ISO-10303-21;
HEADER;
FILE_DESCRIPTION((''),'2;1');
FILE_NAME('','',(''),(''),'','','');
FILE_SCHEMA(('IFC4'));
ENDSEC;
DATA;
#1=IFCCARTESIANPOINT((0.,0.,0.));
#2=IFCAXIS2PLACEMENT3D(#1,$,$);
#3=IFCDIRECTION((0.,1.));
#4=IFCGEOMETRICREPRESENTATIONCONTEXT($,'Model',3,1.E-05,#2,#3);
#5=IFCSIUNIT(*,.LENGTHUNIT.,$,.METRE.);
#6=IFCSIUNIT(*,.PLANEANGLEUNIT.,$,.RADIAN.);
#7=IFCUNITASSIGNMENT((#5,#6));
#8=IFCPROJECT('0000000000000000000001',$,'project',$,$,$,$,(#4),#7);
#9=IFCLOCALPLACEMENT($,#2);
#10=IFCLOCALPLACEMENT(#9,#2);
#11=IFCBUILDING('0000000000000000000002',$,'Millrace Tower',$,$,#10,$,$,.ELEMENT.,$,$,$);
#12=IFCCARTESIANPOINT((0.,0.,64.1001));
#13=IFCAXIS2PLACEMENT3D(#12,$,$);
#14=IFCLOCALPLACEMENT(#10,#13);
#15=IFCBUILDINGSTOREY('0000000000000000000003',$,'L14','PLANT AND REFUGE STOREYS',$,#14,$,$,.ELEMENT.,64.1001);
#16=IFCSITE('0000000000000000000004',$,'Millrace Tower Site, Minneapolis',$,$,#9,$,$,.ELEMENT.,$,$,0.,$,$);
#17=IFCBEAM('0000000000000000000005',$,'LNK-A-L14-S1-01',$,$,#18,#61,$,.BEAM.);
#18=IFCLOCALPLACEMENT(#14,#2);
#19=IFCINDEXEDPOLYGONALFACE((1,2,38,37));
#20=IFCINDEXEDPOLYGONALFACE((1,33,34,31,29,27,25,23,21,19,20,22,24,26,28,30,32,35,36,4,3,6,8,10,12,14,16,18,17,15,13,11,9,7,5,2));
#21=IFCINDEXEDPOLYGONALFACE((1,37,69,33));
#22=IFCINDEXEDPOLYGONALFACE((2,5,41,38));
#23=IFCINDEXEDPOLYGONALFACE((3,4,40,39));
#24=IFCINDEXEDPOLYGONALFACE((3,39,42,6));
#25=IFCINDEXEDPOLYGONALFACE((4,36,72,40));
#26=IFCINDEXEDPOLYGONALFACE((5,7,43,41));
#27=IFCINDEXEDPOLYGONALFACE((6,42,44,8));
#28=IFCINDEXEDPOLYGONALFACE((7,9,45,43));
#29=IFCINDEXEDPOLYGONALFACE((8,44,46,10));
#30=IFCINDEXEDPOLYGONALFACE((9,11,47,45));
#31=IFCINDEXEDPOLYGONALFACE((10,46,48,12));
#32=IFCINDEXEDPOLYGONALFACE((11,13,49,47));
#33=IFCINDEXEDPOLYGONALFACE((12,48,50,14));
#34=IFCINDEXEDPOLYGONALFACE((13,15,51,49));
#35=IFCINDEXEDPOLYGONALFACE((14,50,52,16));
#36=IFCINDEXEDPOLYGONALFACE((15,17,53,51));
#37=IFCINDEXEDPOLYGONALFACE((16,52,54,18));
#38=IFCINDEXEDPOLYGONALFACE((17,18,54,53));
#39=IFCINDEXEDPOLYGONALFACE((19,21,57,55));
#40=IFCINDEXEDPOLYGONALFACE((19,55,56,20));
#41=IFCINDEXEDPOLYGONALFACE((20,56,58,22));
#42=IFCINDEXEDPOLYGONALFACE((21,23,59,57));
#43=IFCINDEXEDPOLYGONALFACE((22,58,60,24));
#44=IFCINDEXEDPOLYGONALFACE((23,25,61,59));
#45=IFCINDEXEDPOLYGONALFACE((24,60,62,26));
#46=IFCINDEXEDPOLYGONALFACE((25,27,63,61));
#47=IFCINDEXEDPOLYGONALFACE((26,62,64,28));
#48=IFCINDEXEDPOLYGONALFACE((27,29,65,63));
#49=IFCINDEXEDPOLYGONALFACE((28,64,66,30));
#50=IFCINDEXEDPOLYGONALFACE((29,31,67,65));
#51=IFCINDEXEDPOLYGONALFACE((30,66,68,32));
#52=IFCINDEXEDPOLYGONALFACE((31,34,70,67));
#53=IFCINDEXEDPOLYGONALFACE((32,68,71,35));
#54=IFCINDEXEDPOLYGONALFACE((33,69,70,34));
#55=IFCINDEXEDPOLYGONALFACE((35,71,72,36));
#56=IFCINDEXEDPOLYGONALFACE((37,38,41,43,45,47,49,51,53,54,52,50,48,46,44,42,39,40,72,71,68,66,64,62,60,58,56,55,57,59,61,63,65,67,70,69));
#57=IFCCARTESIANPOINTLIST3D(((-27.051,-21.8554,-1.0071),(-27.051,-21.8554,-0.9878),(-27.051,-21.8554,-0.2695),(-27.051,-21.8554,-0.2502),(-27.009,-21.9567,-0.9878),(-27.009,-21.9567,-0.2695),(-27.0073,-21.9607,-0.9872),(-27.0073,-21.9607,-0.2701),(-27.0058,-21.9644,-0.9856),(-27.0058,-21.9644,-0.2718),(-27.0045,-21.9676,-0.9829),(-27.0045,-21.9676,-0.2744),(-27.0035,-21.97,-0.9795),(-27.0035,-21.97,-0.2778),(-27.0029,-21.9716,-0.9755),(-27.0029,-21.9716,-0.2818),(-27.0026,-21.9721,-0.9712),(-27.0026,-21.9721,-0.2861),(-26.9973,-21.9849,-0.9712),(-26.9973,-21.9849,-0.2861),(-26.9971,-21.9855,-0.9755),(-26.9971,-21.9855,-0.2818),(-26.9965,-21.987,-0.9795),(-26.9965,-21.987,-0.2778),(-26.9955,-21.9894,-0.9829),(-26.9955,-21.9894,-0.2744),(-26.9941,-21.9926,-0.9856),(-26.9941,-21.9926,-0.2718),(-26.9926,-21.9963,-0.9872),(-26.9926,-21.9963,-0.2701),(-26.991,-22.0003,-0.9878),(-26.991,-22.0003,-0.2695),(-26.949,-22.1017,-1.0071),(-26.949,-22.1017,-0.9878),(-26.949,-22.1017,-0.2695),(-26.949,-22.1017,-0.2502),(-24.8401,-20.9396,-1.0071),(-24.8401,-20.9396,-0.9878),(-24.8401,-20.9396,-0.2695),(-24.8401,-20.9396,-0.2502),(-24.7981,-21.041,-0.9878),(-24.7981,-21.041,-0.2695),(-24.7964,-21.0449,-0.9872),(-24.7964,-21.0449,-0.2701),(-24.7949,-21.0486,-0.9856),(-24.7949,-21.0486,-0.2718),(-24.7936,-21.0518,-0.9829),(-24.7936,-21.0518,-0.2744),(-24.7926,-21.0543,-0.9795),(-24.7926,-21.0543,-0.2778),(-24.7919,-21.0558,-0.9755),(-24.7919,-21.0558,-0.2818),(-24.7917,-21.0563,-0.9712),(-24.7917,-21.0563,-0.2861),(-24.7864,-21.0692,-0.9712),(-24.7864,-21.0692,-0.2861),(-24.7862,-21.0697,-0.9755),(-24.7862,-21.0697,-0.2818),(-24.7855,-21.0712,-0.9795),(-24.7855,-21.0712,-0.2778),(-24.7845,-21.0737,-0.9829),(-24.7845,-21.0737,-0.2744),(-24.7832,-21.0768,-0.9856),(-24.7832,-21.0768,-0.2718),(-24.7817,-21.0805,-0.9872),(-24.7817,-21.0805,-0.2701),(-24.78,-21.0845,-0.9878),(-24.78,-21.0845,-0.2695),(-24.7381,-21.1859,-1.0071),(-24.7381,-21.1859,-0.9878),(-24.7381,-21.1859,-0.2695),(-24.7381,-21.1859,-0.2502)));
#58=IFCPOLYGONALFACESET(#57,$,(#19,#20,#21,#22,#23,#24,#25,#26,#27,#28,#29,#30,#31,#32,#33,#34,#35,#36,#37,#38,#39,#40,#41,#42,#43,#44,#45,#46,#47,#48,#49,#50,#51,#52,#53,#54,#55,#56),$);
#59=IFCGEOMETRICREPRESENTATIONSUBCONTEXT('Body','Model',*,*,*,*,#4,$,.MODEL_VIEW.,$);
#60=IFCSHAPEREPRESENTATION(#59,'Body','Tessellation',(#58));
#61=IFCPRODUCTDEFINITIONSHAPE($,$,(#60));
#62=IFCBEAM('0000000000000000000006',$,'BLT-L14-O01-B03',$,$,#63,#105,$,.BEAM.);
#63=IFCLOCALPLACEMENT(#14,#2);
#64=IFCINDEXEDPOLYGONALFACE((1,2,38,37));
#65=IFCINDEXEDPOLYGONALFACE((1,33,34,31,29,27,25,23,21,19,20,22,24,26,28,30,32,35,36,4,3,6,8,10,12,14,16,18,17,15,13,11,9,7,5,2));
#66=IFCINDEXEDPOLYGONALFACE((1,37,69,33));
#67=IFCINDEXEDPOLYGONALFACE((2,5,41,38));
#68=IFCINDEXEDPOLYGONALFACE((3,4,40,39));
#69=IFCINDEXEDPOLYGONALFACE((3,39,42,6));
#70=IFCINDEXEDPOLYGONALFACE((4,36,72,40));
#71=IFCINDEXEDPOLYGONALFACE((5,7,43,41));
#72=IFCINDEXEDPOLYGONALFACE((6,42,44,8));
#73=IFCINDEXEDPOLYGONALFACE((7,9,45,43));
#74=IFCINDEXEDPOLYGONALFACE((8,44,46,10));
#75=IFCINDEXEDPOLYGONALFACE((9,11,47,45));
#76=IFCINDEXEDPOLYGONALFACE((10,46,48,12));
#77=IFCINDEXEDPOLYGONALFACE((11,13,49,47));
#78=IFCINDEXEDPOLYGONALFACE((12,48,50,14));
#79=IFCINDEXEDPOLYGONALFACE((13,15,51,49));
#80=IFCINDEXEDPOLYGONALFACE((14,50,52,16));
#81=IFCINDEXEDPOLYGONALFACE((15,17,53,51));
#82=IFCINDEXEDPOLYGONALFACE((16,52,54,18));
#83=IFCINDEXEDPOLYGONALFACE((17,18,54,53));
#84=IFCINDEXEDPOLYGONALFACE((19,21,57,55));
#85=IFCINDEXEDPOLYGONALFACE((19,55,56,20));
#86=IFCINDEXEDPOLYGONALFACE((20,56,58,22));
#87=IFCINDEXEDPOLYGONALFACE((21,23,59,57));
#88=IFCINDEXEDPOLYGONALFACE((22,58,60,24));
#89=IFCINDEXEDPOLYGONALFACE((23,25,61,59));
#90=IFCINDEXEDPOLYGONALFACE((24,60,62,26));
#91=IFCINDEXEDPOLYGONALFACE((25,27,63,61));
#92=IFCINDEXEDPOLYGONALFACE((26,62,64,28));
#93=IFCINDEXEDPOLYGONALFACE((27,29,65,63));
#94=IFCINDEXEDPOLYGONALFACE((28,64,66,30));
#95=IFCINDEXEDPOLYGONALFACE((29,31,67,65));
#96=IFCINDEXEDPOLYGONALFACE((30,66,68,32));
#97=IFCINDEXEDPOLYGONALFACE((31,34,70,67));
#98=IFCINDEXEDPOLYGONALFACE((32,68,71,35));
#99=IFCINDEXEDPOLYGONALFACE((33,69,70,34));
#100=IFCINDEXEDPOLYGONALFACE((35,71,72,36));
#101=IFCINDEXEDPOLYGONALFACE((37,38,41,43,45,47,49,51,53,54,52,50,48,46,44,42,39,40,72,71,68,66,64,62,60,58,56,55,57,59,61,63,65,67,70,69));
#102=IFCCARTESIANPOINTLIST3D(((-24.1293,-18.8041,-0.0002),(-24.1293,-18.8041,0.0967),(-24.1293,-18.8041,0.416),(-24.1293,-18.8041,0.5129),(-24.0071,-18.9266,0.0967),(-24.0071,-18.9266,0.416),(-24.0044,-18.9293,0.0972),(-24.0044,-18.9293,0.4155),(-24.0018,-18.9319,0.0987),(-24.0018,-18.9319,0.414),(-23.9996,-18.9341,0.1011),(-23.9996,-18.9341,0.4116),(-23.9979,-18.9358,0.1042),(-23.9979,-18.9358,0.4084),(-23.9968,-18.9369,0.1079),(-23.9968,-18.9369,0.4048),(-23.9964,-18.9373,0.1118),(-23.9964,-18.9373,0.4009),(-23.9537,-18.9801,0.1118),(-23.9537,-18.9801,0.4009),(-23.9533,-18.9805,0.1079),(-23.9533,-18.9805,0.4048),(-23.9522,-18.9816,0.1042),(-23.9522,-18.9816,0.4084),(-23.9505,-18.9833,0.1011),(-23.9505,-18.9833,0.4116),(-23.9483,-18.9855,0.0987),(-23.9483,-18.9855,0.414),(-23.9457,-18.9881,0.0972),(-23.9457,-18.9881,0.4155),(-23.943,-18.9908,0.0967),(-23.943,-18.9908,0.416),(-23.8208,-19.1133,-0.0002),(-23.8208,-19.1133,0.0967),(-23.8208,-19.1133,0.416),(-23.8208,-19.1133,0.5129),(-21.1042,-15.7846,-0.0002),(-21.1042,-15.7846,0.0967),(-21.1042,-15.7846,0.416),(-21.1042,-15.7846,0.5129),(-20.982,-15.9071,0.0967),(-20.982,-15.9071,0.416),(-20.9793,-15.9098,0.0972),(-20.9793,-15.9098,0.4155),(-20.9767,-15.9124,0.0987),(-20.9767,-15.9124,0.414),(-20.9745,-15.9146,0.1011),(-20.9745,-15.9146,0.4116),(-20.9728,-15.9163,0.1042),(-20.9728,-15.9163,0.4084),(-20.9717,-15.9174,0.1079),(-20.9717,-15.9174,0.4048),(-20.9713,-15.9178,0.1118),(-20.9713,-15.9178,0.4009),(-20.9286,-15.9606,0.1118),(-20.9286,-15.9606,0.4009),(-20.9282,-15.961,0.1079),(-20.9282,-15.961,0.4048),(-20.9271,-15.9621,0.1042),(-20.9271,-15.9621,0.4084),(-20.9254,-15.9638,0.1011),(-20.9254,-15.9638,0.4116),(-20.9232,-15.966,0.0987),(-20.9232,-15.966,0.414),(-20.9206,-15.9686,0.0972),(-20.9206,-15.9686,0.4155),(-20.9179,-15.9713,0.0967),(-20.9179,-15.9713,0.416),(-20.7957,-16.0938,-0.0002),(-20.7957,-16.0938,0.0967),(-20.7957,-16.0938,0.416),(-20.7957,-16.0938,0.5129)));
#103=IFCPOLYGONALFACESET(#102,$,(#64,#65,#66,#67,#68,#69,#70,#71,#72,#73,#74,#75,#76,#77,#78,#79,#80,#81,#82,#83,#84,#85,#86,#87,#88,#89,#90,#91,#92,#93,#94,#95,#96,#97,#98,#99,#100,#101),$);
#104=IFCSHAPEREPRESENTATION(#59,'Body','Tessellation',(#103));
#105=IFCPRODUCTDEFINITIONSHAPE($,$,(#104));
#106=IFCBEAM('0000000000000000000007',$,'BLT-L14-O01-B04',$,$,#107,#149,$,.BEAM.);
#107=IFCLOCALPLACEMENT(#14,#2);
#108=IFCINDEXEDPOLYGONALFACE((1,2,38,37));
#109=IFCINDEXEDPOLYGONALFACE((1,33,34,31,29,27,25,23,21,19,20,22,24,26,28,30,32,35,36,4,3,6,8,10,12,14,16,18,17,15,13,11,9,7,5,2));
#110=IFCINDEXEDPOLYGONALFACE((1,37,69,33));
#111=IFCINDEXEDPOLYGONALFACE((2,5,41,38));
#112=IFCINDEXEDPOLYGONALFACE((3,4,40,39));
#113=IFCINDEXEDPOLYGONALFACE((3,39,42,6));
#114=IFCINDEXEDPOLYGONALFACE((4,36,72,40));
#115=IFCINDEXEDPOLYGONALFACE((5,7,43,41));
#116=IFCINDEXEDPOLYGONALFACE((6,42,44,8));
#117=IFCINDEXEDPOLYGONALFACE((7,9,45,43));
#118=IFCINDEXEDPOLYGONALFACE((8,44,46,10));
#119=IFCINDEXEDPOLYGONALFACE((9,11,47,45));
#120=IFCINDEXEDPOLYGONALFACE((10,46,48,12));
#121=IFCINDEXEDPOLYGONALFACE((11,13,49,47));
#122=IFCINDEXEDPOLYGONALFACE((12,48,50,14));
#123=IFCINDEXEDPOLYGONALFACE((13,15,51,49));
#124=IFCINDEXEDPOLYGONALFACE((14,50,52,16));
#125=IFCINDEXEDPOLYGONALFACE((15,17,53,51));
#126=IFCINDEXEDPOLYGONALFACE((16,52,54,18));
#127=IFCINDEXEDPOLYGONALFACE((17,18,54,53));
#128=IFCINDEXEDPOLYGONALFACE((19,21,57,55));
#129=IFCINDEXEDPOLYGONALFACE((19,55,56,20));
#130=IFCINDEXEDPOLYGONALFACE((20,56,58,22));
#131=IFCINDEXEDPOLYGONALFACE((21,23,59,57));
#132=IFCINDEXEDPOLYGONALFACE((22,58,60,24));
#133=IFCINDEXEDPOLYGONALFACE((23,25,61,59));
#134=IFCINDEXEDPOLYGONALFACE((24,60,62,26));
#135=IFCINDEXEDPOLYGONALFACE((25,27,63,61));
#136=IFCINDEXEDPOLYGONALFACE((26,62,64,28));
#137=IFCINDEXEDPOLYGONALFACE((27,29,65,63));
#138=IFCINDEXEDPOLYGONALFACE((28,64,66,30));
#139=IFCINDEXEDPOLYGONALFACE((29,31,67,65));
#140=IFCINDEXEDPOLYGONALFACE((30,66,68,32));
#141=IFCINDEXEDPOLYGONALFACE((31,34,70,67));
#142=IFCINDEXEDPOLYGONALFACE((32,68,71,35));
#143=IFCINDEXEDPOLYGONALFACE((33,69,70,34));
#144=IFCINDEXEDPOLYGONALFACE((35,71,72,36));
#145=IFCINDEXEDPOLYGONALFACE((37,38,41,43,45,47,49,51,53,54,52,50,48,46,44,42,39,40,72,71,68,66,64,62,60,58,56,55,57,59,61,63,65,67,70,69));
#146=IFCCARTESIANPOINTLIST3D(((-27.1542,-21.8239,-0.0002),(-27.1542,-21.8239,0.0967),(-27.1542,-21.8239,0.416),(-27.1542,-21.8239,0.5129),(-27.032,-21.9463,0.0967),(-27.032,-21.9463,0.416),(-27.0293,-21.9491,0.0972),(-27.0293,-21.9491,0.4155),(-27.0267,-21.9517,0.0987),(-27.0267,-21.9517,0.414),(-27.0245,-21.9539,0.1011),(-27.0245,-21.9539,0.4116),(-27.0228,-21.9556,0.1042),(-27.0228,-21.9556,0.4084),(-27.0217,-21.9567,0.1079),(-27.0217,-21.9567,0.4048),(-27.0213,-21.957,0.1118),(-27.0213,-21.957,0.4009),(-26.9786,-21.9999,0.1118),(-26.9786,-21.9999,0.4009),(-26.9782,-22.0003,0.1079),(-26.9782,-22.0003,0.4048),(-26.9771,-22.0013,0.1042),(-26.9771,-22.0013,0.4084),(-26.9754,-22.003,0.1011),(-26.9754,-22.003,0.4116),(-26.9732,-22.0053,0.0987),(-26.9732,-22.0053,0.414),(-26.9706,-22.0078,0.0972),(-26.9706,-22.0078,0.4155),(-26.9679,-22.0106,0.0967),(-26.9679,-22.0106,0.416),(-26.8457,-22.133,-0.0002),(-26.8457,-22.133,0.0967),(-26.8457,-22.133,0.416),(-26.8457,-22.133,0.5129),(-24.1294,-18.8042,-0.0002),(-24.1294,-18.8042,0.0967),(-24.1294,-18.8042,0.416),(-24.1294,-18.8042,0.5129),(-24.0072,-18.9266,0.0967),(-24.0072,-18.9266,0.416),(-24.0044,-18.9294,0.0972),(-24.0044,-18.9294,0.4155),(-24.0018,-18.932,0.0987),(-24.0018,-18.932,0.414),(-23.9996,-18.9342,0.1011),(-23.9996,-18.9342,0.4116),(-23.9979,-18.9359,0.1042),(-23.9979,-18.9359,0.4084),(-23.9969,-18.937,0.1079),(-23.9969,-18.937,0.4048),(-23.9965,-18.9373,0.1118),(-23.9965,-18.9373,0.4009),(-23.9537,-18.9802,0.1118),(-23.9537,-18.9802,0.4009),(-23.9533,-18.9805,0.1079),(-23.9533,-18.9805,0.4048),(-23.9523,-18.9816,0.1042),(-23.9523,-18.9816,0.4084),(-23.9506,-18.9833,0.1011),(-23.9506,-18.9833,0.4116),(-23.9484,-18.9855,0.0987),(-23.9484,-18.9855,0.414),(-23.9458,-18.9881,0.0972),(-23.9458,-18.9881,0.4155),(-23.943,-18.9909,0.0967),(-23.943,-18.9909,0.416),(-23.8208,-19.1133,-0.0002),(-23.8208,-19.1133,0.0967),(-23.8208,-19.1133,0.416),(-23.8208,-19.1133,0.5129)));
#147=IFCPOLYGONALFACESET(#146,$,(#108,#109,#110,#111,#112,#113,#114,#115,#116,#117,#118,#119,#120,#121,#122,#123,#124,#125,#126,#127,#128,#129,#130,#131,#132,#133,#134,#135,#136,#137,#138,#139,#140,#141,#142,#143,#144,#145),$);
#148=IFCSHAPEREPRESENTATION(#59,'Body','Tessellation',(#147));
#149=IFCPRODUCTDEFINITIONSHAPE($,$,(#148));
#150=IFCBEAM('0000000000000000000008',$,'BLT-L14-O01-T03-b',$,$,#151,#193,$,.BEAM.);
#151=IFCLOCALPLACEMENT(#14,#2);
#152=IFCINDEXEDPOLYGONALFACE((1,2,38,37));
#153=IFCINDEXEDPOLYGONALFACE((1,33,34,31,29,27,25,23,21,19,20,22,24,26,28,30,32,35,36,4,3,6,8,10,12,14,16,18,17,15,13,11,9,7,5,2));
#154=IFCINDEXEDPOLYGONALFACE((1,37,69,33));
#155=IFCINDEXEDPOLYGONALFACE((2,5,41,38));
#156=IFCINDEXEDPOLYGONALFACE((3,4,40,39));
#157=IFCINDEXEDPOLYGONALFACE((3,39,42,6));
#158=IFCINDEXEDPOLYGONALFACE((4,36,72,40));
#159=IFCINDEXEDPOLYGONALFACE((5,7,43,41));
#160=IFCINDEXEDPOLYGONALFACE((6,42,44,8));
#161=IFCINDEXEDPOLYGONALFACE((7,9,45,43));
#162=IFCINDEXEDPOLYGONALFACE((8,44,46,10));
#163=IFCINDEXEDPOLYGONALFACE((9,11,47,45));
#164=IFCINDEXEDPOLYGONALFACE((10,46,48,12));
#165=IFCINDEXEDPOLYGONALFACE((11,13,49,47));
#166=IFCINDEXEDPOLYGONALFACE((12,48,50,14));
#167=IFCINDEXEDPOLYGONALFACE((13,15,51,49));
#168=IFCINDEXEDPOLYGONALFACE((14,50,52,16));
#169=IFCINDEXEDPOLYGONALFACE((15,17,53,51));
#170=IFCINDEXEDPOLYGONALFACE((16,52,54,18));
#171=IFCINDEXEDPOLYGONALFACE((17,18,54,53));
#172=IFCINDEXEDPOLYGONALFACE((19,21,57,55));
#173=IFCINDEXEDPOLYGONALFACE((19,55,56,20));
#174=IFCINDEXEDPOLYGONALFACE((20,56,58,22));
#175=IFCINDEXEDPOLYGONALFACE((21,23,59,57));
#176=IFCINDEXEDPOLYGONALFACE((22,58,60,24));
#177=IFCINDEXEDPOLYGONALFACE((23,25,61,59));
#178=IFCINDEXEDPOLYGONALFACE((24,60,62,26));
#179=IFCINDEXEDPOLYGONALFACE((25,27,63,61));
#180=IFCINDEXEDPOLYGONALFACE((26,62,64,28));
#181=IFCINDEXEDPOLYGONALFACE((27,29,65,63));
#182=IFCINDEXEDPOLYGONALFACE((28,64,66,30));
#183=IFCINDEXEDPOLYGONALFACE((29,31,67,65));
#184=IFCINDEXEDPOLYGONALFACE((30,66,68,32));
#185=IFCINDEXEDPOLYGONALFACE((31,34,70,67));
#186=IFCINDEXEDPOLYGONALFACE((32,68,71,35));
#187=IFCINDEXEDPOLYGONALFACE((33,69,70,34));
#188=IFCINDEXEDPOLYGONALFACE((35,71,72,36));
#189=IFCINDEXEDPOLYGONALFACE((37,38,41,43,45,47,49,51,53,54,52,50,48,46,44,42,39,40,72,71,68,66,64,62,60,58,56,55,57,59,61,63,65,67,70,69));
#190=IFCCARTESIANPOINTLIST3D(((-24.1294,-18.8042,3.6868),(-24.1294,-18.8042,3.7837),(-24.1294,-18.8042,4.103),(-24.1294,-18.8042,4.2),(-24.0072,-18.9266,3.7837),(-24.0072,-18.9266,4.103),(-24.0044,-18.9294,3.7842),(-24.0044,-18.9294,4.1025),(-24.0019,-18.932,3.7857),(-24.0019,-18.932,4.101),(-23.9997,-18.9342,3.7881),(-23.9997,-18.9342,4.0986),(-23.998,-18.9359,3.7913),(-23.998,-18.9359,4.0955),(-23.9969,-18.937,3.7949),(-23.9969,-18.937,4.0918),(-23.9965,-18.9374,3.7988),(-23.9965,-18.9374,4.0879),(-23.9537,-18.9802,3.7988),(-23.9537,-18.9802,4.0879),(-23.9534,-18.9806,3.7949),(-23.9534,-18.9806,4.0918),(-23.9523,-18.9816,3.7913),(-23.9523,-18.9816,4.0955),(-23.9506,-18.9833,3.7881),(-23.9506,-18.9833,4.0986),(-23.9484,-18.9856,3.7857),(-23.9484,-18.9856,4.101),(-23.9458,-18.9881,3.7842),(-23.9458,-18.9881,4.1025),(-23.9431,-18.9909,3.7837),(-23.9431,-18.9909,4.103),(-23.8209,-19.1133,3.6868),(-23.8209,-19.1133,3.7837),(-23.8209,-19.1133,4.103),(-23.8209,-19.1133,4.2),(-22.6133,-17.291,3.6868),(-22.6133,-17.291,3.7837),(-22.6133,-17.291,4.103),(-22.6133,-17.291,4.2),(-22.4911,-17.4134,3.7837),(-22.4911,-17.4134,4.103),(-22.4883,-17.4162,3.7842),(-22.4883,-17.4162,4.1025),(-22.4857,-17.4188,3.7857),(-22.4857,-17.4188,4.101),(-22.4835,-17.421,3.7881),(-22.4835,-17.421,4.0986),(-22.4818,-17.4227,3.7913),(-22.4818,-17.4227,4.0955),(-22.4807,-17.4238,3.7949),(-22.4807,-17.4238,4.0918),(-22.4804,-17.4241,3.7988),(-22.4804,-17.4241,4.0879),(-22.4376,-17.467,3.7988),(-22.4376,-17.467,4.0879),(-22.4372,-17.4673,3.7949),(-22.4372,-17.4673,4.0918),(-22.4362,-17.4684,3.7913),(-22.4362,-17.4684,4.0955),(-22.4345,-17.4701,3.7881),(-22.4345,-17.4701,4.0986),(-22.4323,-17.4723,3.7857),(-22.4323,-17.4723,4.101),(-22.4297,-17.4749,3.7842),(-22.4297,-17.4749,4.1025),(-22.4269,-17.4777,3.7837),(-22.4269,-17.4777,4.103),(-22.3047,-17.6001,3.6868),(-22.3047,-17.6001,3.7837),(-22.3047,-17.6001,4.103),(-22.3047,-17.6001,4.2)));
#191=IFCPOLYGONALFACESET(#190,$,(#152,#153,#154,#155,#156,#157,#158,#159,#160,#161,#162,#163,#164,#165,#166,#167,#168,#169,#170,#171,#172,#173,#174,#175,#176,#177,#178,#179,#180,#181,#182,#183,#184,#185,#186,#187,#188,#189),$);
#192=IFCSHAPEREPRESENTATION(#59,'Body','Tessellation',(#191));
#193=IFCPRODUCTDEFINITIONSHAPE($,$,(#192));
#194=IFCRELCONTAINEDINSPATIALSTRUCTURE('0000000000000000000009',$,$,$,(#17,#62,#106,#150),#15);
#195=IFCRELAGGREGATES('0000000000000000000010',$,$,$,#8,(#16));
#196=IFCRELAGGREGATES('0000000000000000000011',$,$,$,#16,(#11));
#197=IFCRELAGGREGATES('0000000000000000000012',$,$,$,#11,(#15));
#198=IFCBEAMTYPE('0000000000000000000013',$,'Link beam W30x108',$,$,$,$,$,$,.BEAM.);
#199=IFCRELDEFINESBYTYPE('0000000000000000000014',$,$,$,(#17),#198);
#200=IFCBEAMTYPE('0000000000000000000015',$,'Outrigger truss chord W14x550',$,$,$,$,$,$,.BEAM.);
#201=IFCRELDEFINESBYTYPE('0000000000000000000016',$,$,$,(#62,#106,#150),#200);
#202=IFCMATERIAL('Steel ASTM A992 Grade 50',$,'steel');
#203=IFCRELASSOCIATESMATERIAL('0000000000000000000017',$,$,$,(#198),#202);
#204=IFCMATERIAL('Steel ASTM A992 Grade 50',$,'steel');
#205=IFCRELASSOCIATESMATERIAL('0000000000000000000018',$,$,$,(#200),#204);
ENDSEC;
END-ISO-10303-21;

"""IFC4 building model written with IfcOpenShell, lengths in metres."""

from ifc_helpers import new_model, si_unit, direction, frame, origin, origin_2d, place, context, subcontext, project, spatial, i_section, extrude, material, material_profile, profile_set, type_object, element, save


model = new_model("IFC4")

# Units and contexts
model_context = context("Model", 3, precision=1e-05, world=origin(), true_north=direction((0.0, 1.0)))
body_context = subcontext(model_context, "Body", "Model", "MODEL_VIEW")
ifc_project = project(units=[si_unit("LENGTHUNIT", "METRE"), si_unit("PLANEANGLEUNIT", "RADIAN")], contexts=[model_context])

# Site, building, storey
site_placement = place(None, origin())
site = spatial("IfcSite", under=ifc_project, at=site_placement, Name="Millrace Tower Site, Minneapolis", CompositionType="ELEMENT", RefElevation=0.0)
building_placement = place(site_placement, origin())
building = spatial("IfcBuilding", under=site, at=building_placement, Name="Millrace Tower", CompositionType="ELEMENT")
storey_placement = place(building_placement, frame((0.0, 0.0, 64.1001)))
storey = spatial("IfcBuildingStorey", under=building, at=storey_placement, Name="L14", Description="PLANT AND REFUGE STOREYS", CompositionType="ELEMENT", Elevation=64.1001)

# Beams
ifc_material_1 = material(Name="Steel ASTM A992 Grade 50", Category="steel")
ifc_material_profile_1 = material_profile(ifc_material_1, i_section(OverallWidth=0.2666, OverallDepth=0.7568, WebThickness=0.0139, FlangeThickness=0.0193, FilletRadius=0.0166, at=origin_2d()))
ifc_profile_set_1 = profile_set([ifc_material_profile_1], Name="Steel ASTM A992 Grade 50")
beam_type_1 = type_object("IfcBeamType", Name="Link beam W30x108", PredefinedType="BEAM", material=ifc_profile_set_1)
beam_1_placement = place(storey_placement, frame((-24.7891, -21.0627, -0.6287), z_axis=(-0.923884, -0.382673, 0.0), x_axis=(0.382673, -0.923884, 0.0)))
element("IfcBeam", 1, at=beam_1_placement, inside=storey, type_object=beam_type_1, Name="LNK-A-L14-S1-01", PredefinedType="BEAM", context=body_context, shape_type="SweptSolid", body=[
    extrude(i_section(OverallWidth=0.2666, OverallDepth=0.7568, WebThickness=0.0139, FlangeThickness=0.0193, FilletRadius=0.0166, at=origin_2d()), origin(), (0.0, 0.0, 1.0), 2.3931),
])
ifc_material_2 = material(Name="Steel ASTM A992 Grade 50", Category="steel")
ifc_material_profile_2 = material_profile(ifc_material_2, i_section(OverallWidth=0.4368, OverallDepth=0.5132, WebThickness=0.0605, FlangeThickness=0.0969, FilletRadius=0.0151, at=origin_2d()))
ifc_profile_set_2 = profile_set([ifc_material_profile_2], Name="Steel ASTM A992 Grade 50")
beam_type_2 = type_object("IfcBeamType", Name="Outrigger truss chord W14x550", PredefinedType="BEAM", material=ifc_profile_set_2)
for number, where, z_axis, x_axis, name in (
    (2, (-20.95, -15.9392, 0.2563), (-0.707763, -0.70645, 0.0), (0.70645, -0.707763, 0.0), "BLT-L14-O01-B03"),
    (3, (-23.9751, -18.9587, 0.2563), (-0.707706, -0.706507, 0.0), (0.706507, -0.707706, 0.0), "BLT-L14-O01-B04"),
):
    element("IfcBeam", number, at=place(storey_placement, frame(where, z_axis=z_axis, x_axis=x_axis)), inside=storey, type_object=beam_type_2, Name=name, PredefinedType="BEAM", context=body_context, shape_type="SweptSolid", body=[
        extrude(i_section(OverallWidth=0.4368, OverallDepth=0.5132, WebThickness=0.0605, FlangeThickness=0.0969, FilletRadius=0.0151, at=origin_2d()), origin(), (0.0, 0.0, 1.0), 4.2742),
    ])
beam_2_placement = place(storey_placement, frame((-22.459, -17.4456, 3.9434), z_axis=(-0.70779, -0.706423, 0.0), x_axis=(0.706423, -0.70779, 0.0)))
element("IfcBeam", 4, at=beam_2_placement, inside=storey, type_object=beam_type_2, Name="BLT-L14-O01-T03-b", PredefinedType="BEAM", context=body_context, shape_type="SweptSolid", body=[
    extrude(i_section(OverallWidth=0.4368, OverallDepth=0.5132, WebThickness=0.0605, FlangeThickness=0.0969, FilletRadius=0.0151, at=origin_2d()), origin(), (0.0, 0.0, 1.0), 2.1421),
])

save(model, "model.ifc")
